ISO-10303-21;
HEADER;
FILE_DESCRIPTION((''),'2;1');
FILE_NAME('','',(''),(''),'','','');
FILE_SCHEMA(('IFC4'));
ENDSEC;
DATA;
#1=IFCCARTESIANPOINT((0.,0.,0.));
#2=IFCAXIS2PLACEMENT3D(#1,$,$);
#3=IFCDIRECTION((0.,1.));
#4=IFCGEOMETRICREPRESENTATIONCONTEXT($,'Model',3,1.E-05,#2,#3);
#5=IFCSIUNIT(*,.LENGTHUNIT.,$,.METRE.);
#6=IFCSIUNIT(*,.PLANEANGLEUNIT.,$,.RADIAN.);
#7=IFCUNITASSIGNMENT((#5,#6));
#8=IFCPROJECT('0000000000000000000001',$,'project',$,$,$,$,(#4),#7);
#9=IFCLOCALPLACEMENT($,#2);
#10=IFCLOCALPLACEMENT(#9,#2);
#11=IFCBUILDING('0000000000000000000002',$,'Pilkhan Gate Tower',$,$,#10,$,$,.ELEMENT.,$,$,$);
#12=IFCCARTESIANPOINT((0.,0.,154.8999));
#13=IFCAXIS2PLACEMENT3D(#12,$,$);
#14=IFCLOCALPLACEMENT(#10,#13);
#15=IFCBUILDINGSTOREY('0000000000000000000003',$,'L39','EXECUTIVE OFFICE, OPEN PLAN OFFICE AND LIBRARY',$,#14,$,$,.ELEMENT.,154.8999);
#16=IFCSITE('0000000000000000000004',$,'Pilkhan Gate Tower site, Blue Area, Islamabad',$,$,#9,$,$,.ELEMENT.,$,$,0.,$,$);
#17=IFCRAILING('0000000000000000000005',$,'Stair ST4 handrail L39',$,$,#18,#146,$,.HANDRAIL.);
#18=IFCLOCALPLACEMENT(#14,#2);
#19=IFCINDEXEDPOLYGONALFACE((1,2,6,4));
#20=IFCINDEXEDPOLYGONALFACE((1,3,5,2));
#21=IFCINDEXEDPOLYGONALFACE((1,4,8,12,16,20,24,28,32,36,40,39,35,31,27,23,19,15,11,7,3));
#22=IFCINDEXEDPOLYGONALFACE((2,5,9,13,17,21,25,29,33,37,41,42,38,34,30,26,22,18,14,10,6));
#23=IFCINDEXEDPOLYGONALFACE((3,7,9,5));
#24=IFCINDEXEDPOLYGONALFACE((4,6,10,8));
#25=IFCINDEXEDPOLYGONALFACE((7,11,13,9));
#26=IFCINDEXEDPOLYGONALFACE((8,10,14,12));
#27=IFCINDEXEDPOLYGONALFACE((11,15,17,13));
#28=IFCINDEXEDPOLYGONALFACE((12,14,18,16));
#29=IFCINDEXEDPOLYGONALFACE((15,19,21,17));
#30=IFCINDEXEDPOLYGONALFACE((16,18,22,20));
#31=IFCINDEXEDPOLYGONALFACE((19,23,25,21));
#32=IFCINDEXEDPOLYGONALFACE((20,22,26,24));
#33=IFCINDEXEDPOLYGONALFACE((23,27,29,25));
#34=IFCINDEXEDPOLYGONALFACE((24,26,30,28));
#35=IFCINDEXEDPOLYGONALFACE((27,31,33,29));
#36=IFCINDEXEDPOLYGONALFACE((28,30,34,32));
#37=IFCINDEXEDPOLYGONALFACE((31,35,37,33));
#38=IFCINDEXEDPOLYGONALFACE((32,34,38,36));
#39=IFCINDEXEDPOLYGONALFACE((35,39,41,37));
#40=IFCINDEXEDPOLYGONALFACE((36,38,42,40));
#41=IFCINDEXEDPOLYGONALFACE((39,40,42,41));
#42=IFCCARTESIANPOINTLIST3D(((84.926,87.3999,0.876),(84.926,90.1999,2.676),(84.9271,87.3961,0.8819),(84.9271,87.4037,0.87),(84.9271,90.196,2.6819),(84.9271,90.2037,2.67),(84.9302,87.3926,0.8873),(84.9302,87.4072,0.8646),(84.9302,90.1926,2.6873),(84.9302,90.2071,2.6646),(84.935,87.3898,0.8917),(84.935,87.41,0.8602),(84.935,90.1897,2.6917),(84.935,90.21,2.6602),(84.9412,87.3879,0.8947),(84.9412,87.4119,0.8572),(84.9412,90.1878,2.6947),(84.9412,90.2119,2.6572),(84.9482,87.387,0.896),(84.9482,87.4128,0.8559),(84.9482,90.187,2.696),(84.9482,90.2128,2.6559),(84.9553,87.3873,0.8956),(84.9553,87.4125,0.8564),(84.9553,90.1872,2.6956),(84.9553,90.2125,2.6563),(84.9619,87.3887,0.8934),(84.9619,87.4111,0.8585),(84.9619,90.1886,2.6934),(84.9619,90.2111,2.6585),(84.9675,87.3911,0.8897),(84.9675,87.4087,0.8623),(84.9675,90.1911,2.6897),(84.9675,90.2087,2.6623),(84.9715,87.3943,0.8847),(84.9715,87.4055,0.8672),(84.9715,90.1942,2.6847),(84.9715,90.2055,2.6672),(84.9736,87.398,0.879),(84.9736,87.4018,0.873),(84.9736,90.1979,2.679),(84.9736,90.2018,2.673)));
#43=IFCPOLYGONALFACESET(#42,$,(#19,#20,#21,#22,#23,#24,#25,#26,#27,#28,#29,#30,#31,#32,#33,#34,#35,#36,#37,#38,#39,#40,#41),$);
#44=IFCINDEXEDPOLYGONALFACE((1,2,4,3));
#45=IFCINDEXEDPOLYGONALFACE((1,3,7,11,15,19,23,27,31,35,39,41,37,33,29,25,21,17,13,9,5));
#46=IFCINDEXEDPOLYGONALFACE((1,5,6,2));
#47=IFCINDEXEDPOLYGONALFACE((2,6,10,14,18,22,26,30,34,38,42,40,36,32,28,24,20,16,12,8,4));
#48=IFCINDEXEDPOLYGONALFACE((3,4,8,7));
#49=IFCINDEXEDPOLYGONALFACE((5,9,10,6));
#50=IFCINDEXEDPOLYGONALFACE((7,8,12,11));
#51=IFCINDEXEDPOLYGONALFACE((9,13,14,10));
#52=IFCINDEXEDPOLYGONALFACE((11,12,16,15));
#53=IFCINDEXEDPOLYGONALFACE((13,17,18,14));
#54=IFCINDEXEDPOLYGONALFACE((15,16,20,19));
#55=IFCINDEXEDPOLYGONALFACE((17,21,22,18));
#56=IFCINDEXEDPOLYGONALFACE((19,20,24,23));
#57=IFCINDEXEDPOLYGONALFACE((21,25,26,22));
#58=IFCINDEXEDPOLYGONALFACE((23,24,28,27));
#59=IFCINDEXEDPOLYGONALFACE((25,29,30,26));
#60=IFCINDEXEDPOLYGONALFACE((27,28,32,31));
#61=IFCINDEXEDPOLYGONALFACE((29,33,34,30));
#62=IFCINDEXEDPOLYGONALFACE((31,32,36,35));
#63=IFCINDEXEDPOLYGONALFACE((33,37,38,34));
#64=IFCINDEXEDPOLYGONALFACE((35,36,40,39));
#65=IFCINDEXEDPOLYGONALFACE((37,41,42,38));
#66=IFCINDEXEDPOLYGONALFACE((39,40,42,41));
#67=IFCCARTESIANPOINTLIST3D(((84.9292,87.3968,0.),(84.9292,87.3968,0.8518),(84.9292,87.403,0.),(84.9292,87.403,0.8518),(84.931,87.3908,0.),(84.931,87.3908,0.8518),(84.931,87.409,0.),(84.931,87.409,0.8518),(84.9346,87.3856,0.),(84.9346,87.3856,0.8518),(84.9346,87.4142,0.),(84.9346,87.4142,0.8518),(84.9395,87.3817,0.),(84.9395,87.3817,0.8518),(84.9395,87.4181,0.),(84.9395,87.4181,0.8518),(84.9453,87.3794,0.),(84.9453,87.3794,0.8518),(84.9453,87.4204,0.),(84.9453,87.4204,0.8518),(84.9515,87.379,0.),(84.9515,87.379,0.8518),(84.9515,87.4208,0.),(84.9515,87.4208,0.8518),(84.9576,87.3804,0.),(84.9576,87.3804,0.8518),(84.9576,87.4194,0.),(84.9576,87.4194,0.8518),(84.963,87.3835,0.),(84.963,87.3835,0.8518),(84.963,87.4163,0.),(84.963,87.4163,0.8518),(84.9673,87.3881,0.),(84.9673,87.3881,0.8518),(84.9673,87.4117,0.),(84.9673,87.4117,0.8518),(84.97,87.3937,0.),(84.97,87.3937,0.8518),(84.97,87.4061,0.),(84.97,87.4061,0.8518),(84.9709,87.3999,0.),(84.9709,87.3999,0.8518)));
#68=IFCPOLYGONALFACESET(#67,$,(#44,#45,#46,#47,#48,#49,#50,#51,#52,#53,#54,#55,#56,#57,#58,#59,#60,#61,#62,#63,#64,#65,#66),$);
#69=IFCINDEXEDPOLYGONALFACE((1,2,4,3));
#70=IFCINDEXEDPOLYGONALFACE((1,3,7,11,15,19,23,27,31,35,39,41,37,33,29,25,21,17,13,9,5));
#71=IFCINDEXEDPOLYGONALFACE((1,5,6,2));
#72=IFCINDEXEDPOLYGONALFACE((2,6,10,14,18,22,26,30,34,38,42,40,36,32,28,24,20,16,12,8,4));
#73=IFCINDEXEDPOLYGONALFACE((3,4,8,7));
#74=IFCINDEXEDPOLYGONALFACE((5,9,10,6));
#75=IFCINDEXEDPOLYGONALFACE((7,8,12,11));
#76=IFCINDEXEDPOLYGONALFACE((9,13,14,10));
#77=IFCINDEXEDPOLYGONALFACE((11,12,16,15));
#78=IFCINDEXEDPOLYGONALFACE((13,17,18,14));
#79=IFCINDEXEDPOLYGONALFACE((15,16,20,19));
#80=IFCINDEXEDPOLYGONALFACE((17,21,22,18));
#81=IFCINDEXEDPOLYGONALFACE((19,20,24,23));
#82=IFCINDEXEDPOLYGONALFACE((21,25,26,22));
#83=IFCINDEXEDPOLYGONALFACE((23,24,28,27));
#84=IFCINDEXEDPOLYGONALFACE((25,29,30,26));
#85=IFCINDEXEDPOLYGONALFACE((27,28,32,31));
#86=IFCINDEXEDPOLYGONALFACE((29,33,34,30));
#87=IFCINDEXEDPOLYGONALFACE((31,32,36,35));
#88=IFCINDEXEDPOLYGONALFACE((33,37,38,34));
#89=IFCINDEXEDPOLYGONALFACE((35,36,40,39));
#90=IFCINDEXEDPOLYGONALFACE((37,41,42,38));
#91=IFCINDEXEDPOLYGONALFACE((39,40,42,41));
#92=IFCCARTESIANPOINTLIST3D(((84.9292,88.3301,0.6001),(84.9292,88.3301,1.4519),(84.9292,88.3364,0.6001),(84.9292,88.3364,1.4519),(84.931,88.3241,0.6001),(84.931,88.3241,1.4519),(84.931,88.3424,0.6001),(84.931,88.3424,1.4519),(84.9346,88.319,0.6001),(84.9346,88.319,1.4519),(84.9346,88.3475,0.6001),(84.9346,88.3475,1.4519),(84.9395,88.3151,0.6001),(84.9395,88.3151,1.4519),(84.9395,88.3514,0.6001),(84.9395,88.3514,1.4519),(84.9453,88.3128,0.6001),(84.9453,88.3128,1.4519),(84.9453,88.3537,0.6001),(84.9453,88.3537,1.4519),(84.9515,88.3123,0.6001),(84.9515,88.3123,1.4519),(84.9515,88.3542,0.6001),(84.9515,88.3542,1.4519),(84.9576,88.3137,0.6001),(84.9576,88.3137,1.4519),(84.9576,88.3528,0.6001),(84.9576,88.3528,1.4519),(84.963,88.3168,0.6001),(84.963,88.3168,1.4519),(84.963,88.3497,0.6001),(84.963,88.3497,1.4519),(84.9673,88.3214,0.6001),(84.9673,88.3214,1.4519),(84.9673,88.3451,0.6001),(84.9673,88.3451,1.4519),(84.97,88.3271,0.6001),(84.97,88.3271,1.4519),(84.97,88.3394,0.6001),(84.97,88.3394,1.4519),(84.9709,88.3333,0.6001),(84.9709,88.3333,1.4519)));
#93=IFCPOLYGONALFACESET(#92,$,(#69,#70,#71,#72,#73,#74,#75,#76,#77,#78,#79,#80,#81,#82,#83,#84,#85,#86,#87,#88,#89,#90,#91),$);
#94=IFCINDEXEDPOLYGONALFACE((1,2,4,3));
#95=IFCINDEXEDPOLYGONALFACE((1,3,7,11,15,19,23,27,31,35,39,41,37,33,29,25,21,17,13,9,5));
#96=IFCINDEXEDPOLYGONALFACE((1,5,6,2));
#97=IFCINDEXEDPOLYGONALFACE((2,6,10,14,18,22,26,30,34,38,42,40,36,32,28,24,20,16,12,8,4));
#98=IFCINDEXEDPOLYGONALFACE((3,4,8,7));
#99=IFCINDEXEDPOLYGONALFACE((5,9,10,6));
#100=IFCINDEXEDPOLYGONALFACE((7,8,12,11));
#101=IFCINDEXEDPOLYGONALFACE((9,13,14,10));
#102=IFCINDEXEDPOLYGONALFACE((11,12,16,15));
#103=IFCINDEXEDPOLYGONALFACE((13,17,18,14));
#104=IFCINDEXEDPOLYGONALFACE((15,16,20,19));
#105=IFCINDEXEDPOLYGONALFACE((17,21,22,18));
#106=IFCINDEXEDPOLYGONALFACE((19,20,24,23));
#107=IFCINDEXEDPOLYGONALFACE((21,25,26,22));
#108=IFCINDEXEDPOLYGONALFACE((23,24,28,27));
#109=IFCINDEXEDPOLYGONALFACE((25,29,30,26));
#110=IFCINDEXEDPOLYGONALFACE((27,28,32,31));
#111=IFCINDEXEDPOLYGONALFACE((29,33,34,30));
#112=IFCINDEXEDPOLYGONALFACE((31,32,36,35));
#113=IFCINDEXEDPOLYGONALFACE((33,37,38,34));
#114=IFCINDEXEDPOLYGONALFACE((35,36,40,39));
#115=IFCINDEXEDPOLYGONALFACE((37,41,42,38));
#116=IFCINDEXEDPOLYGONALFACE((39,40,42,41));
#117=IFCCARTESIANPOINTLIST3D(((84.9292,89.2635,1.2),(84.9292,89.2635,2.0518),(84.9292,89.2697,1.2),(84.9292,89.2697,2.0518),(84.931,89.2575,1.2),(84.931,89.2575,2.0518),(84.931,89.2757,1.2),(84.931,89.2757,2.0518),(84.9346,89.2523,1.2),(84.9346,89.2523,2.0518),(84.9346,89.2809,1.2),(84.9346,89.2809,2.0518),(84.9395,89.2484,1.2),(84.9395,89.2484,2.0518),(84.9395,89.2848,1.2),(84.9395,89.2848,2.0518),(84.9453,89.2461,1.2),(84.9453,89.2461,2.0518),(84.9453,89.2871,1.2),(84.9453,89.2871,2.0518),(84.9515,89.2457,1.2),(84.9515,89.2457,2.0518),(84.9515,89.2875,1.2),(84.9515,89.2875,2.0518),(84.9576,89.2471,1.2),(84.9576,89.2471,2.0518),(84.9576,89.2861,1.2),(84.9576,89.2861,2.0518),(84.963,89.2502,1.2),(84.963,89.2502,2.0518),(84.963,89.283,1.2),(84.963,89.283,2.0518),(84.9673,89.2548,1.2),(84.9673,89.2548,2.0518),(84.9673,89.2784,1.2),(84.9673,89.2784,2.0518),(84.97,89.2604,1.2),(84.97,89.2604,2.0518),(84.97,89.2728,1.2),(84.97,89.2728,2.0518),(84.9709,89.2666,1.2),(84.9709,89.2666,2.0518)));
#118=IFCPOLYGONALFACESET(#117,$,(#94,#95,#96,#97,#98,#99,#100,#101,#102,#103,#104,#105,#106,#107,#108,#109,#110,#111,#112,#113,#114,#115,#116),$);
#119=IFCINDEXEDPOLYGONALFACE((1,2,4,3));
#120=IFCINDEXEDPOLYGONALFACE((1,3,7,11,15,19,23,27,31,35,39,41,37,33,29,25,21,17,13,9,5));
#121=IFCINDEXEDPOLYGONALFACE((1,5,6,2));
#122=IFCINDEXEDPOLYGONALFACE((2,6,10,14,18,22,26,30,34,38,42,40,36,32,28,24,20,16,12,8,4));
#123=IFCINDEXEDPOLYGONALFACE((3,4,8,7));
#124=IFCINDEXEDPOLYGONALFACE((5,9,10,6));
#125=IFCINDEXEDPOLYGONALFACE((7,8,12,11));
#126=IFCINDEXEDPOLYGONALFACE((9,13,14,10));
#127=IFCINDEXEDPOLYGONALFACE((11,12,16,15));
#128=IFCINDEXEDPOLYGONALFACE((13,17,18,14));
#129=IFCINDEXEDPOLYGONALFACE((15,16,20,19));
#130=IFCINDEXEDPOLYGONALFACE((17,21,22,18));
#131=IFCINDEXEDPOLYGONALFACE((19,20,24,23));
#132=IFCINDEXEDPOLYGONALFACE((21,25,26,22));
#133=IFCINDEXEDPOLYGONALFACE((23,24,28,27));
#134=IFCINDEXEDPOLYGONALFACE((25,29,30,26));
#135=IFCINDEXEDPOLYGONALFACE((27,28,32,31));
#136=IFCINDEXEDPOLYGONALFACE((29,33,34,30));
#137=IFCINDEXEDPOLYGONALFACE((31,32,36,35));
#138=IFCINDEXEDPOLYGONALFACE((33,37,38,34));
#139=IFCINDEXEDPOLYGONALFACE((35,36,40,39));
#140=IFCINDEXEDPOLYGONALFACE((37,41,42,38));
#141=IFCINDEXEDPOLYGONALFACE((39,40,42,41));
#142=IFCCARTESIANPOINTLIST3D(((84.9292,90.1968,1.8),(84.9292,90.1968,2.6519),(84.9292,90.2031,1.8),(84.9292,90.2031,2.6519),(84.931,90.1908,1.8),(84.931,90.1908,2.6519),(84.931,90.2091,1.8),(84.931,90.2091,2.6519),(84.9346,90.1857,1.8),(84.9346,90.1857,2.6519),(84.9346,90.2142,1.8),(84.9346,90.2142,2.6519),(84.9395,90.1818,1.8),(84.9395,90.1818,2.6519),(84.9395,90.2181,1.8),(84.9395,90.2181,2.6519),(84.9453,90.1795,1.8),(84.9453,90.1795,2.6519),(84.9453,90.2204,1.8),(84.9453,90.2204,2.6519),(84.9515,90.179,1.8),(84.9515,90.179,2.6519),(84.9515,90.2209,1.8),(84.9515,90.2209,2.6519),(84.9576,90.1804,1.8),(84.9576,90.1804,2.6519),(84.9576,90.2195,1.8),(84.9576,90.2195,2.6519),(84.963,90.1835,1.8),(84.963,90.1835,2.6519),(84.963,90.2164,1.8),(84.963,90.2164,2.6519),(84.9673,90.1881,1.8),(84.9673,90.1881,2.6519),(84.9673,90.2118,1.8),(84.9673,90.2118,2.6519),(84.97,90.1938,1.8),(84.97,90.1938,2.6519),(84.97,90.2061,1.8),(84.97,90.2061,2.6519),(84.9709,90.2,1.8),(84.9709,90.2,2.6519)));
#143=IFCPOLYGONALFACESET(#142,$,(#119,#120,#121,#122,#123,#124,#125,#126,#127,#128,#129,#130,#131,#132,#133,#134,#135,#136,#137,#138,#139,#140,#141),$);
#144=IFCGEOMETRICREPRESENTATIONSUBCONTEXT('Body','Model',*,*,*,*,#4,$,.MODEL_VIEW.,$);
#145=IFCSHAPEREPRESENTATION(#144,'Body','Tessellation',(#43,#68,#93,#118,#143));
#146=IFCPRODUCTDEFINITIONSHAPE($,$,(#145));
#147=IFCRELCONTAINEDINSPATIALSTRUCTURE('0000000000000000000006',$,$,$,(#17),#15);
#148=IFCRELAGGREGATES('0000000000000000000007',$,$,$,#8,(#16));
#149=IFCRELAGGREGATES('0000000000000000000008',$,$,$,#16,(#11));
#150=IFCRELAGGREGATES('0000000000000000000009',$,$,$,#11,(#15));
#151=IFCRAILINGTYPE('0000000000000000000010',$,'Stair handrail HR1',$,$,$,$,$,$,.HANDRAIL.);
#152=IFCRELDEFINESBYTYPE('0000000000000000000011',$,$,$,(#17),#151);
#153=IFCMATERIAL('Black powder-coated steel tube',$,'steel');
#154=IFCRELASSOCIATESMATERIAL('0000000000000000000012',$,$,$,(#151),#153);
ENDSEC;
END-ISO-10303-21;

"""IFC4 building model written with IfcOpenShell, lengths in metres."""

from ifc_helpers import new_model, si_unit, direction, frame, origin, origin_2d, place, context, subcontext, project, spatial, circle, extrude, material, type_object, element, save


model = new_model("IFC4")

# Units and contexts
model_context = context("Model", 3, precision=1e-05, world=origin(), true_north=direction((0.0, 1.0)))
body_context = subcontext(model_context, "Body", "Model", "MODEL_VIEW")
ifc_project = project(units=[si_unit("LENGTHUNIT", "METRE"), si_unit("PLANEANGLEUNIT", "RADIAN")], contexts=[model_context])

# Site, building, storey
site_placement = place(None, origin())
site = spatial("IfcSite", under=ifc_project, at=site_placement, Name="Pilkhan Gate Tower site, Blue Area, Islamabad", CompositionType="ELEMENT", RefElevation=0.0)
building_placement = place(site_placement, origin())
building = spatial("IfcBuilding", under=site, at=building_placement, Name="Pilkhan Gate Tower", CompositionType="ELEMENT")
storey_placement = place(building_placement, frame((0.0, 0.0, 154.8999)))
storey = spatial("IfcBuildingStorey", under=building, at=storey_placement, Name="L39", Description="EXECUTIVE OFFICE, OPEN PLAN OFFICE AND LIBRARY", CompositionType="ELEMENT", Elevation=154.8999)

# Railing
ifc_material_1 = material(Name="Black powder-coated steel tube", Category="steel")
railing_type_1 = type_object("IfcRailingType", Name="Stair handrail HR1", PredefinedType="HANDRAIL", material=ifc_material_1)
railing_1_placement = place(storey_placement, frame((84.95, 87.3999, 0.0)))
element("IfcRailing", 1, at=railing_1_placement, inside=storey, type_object=railing_type_1, Name="Stair ST4 handrail L39", PredefinedType="HANDRAIL", context=body_context, shape_type="SweptSolid", body=[
    extrude(circle(Radius=0.0239, at=origin_2d()), frame((0.0, 0.0, 0.876), z_axis=(0.0, 0.841176, 0.540761), x_axis=(-1.0, 0.0, 0.0)), (0.0, 0.0, 1.0), 3.3286),
    extrude(circle(Radius=0.021, at=origin_2d()), origin(), (0.0, 0.0, 1.0), 0.8518),
    extrude(circle(Radius=0.021, at=origin_2d()), frame((0.0, 0.9333, 0.6001)), (0.0, 0.0, 1.0), 0.8518),
    extrude(circle(Radius=0.021, at=origin_2d()), frame((0.0, 1.8667, 1.2)), (0.0, 0.0, 1.0), 0.8518),
    extrude(circle(Radius=0.021, at=origin_2d()), frame((0.0, 2.8, 1.8)), (0.0, 0.0, 1.0), 0.8518),
])

save(model, "model.ifc")
